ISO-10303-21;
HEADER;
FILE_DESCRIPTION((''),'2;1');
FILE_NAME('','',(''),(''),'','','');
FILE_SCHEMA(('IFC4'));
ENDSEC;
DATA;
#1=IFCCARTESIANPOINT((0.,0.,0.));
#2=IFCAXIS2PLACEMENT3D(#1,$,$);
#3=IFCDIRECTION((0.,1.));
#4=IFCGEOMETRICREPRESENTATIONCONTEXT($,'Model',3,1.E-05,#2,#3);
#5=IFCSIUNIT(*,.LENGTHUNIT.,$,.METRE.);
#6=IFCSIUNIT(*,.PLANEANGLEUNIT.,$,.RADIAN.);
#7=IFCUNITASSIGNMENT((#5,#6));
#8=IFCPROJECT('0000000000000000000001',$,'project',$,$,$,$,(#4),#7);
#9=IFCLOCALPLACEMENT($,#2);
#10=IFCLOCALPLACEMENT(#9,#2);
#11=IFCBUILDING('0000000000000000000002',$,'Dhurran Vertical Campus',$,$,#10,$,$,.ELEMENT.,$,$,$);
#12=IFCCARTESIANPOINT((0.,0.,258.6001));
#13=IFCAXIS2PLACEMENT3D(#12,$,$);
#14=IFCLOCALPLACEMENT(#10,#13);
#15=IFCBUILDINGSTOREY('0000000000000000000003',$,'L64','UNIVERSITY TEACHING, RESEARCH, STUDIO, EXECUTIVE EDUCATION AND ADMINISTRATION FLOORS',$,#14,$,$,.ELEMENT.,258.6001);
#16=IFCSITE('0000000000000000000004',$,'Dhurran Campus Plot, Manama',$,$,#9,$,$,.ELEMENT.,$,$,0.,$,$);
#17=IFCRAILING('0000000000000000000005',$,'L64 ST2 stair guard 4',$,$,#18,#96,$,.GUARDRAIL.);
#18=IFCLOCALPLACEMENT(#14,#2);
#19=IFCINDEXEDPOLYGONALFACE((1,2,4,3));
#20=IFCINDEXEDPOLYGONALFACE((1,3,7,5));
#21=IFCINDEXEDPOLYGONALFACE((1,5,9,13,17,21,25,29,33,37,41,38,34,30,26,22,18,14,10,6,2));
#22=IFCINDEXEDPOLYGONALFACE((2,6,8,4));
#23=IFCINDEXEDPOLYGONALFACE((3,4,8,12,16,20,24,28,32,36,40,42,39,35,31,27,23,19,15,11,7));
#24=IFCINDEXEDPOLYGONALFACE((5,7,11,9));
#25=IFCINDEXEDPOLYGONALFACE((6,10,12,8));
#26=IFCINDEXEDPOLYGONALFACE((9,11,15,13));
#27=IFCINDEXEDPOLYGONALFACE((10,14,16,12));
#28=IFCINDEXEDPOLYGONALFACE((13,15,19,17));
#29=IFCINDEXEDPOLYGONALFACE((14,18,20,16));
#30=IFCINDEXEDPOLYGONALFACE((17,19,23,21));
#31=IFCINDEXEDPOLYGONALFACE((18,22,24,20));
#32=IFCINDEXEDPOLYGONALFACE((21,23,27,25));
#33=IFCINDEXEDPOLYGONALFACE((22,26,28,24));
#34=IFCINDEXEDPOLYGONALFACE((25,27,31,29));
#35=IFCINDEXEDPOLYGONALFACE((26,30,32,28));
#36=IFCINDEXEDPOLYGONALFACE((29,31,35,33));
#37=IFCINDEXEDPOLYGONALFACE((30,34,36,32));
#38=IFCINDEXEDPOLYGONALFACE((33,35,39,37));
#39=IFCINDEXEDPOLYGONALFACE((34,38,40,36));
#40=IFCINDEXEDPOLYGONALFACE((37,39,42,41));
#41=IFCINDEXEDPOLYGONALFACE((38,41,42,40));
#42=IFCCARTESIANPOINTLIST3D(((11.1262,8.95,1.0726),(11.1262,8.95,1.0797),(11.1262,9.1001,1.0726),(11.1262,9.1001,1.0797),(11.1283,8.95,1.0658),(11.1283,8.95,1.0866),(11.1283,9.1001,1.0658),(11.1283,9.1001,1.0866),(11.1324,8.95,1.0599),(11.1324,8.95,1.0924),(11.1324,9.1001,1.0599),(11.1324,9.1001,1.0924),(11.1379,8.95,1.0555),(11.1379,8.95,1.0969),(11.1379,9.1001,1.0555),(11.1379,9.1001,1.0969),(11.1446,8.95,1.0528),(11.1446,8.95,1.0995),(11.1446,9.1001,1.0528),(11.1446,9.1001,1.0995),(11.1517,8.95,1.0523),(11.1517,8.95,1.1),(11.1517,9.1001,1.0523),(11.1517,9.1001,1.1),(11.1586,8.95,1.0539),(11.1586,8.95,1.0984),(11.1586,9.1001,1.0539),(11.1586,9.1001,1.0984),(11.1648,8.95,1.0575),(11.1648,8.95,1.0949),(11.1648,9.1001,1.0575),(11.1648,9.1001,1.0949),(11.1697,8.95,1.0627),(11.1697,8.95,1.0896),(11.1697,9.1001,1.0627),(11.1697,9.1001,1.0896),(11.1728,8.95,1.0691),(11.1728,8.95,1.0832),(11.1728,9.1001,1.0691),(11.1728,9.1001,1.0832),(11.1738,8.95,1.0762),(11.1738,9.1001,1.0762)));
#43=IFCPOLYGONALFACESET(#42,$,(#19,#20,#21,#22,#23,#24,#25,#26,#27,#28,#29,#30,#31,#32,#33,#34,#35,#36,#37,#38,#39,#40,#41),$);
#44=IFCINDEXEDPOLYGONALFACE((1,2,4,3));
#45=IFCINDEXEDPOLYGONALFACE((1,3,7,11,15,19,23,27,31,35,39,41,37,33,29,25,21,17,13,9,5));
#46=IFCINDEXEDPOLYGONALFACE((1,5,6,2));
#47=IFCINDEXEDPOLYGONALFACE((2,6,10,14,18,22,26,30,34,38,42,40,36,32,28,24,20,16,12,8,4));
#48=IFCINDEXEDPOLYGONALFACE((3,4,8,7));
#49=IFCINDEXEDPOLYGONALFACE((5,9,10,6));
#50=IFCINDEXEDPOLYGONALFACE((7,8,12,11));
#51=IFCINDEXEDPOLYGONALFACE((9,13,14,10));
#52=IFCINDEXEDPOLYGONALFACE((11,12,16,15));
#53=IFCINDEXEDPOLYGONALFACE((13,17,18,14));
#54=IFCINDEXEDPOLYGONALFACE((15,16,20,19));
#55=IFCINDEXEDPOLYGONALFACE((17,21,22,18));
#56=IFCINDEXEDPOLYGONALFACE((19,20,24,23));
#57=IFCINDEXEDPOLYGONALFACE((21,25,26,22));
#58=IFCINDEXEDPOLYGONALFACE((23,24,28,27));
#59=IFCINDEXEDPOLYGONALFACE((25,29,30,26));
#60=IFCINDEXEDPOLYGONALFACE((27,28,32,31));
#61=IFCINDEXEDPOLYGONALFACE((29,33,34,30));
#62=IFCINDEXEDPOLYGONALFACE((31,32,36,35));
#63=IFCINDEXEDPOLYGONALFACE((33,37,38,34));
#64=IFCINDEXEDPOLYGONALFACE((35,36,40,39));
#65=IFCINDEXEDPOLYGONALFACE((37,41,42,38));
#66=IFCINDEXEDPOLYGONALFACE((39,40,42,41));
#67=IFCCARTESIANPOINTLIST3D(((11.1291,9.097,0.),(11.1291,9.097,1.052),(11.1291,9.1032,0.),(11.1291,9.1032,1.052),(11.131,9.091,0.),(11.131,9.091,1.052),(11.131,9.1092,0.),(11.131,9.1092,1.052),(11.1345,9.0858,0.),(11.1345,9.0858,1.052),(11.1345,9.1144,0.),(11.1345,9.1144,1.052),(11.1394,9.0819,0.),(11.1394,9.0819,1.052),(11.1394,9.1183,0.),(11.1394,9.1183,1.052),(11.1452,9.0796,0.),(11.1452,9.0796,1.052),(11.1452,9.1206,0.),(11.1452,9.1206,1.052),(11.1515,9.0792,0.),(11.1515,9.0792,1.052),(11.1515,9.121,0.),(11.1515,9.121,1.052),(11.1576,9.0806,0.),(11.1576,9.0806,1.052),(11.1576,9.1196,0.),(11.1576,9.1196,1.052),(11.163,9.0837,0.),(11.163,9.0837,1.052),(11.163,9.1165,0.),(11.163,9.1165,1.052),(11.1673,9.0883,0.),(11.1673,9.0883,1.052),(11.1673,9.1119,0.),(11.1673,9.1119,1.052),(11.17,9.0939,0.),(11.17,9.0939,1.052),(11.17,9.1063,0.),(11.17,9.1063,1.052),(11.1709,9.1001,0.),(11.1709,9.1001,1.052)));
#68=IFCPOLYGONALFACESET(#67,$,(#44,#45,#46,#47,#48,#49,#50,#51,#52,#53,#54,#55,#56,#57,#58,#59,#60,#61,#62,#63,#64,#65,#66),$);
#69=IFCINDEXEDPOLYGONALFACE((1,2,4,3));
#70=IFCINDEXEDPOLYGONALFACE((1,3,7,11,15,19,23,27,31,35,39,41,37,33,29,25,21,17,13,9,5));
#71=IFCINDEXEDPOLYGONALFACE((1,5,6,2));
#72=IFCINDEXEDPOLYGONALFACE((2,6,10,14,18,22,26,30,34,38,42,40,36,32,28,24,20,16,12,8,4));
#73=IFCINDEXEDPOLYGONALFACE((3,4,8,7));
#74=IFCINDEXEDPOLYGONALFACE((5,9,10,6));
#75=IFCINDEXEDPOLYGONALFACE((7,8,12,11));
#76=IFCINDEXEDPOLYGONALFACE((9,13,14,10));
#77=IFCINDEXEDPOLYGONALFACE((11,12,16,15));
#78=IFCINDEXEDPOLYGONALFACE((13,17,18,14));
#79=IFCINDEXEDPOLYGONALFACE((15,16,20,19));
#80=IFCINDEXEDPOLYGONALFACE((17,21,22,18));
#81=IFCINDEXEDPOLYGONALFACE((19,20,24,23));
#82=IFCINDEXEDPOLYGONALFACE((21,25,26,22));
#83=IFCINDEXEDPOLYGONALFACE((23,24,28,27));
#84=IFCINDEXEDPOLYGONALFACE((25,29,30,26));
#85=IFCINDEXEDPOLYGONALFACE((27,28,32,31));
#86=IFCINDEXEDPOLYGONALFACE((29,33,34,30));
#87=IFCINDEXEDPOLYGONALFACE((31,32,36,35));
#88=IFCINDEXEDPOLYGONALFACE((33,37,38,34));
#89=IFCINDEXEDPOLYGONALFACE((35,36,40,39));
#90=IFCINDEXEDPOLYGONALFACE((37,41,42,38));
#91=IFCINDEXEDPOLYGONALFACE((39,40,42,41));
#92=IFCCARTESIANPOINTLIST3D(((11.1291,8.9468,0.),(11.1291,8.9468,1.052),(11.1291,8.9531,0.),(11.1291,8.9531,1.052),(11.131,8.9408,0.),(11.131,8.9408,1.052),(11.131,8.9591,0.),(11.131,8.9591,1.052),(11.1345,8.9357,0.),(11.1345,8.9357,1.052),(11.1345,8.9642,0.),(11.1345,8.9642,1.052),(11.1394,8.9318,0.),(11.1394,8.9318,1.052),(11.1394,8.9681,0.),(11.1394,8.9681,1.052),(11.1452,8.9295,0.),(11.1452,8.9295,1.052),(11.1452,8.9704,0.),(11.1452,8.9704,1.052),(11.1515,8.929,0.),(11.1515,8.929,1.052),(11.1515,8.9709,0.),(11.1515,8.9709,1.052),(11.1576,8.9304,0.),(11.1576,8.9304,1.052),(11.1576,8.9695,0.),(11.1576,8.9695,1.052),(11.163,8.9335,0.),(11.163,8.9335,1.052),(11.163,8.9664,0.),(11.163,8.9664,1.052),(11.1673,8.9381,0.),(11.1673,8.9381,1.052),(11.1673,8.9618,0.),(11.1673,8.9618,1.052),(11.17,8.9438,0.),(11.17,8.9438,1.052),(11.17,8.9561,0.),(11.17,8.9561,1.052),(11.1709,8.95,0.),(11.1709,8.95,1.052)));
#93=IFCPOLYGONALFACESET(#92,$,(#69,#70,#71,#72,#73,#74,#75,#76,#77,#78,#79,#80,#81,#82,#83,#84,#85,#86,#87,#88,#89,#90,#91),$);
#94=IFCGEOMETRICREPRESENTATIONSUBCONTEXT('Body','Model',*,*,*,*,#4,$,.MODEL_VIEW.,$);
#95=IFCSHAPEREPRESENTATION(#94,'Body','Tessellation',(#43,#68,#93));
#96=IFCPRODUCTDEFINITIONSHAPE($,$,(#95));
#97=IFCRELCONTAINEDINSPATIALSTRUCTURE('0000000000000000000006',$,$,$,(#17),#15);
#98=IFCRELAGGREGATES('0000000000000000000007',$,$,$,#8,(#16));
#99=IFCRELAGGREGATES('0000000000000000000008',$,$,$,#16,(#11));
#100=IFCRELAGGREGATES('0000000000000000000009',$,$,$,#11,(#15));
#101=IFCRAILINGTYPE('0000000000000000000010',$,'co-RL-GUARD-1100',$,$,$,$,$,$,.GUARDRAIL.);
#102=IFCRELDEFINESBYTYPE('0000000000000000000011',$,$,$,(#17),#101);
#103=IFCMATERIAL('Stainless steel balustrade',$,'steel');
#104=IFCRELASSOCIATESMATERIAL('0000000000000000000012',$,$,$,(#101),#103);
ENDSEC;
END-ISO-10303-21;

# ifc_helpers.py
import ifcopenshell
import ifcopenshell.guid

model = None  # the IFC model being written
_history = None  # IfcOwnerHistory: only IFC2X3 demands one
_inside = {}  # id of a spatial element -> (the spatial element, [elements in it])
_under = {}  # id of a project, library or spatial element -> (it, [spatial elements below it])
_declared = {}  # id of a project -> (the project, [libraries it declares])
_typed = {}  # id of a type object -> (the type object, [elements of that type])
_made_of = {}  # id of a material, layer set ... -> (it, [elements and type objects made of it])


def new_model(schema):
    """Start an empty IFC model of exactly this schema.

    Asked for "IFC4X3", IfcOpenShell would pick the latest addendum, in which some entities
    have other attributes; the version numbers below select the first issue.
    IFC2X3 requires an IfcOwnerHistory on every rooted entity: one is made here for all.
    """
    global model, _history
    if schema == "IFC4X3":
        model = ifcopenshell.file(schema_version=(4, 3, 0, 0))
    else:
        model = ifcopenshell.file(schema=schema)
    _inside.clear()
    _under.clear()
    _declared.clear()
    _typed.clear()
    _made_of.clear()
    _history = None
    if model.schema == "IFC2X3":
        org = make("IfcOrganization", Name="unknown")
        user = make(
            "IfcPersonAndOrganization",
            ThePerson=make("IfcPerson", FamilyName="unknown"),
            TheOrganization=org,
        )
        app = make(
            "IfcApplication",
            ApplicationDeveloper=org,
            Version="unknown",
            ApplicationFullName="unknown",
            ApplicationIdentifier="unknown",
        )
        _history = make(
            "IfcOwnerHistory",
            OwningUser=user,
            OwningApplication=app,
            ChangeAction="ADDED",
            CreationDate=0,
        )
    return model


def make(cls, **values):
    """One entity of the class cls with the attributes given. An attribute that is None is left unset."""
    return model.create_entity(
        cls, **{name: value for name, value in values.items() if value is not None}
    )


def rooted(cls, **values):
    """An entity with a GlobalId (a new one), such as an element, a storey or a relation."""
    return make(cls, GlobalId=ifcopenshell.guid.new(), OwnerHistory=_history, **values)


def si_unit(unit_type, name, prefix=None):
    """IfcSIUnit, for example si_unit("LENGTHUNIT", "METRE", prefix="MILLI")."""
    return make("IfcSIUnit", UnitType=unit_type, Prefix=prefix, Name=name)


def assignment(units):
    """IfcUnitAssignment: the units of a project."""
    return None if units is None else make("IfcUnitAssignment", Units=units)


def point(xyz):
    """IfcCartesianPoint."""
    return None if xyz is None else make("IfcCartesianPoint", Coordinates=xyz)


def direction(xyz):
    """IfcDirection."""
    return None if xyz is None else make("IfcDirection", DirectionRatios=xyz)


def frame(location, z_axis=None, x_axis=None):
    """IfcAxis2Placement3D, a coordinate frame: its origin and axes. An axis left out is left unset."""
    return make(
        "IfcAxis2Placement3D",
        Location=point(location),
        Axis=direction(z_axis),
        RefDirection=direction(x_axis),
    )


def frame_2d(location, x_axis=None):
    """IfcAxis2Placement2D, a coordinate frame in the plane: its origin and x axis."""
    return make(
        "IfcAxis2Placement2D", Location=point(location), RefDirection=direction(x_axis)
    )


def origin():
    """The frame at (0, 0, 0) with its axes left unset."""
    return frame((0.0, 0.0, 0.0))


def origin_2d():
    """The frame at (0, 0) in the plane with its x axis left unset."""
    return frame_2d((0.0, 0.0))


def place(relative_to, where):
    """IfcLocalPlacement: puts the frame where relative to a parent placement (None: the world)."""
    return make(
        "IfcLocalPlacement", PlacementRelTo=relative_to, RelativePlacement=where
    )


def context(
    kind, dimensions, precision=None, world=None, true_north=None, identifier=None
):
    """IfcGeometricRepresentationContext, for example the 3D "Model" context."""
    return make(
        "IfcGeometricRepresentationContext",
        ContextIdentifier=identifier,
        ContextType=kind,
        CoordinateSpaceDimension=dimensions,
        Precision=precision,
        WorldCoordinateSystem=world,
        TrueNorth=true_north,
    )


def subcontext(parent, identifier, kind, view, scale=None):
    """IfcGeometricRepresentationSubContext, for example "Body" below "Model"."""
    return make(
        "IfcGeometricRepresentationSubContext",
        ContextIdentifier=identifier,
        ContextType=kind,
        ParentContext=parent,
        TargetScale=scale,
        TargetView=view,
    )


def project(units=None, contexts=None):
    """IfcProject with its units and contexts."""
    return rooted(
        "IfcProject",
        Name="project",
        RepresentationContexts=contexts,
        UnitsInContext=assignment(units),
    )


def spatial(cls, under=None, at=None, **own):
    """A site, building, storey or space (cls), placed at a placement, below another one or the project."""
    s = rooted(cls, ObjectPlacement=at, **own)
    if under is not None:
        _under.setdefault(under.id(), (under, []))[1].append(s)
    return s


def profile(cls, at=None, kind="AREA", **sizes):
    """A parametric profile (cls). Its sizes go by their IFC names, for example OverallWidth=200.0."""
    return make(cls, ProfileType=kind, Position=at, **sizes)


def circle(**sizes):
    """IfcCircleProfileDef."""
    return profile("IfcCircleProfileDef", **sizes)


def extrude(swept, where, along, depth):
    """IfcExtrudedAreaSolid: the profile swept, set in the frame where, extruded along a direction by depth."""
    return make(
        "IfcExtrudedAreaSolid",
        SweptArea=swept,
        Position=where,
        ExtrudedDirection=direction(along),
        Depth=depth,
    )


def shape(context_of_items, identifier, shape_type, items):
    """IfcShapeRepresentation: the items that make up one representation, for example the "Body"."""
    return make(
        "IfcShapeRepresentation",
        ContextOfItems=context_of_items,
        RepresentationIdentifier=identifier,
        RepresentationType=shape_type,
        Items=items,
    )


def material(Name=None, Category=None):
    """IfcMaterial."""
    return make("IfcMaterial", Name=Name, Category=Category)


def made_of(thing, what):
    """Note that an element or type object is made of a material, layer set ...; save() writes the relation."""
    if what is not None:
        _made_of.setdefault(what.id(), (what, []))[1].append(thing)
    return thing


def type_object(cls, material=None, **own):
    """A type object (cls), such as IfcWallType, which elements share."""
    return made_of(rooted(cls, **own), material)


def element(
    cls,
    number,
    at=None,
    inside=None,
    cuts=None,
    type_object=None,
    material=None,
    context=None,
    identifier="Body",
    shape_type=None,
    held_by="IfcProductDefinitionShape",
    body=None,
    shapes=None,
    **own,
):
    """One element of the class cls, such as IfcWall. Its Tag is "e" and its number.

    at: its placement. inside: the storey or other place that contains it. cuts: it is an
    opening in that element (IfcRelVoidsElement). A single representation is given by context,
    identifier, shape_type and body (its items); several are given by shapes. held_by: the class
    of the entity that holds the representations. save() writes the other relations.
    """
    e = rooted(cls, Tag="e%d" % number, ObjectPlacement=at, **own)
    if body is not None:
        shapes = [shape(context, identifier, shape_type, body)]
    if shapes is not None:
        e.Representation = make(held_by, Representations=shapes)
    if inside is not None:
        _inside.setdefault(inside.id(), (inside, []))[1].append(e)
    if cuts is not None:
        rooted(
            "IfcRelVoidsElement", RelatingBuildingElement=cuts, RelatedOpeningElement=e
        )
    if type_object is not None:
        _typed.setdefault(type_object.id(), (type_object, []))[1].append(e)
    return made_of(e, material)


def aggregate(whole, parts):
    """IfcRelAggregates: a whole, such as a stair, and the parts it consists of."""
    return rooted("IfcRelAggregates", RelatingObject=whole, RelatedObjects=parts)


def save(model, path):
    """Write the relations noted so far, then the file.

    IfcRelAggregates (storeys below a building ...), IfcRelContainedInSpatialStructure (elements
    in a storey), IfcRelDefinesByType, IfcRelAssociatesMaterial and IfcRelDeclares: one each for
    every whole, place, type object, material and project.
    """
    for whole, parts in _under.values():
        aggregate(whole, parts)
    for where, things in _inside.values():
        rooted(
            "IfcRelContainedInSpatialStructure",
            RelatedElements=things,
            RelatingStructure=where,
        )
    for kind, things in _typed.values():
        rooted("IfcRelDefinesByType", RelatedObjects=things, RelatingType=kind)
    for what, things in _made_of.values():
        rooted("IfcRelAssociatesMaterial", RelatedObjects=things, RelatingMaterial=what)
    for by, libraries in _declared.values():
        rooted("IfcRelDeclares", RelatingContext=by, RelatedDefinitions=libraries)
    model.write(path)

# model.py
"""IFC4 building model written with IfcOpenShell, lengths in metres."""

from ifc_helpers import new_model, si_unit, direction, frame, origin, origin_2d, place, context, subcontext, project, spatial, circle, extrude, material, type_object, element, save


model = new_model("IFC4")

# Units and contexts
model_context = context("Model", 3, precision=1e-05, world=origin(), true_north=direction((0.0, 1.0)))
body_context = subcontext(model_context, "Body", "Model", "MODEL_VIEW")
ifc_project = project(units=[si_unit("LENGTHUNIT", "METRE"), si_unit("PLANEANGLEUNIT", "RADIAN")], contexts=[model_context])

# Site, building, storey
site_placement = place(None, origin())
site = spatial("IfcSite", under=ifc_project, at=site_placement, Name="Dhurran Campus Plot, Manama", CompositionType="ELEMENT", RefElevation=0.0)
building_placement = place(site_placement, origin())
building = spatial("IfcBuilding", under=site, at=building_placement, Name="Dhurran Vertical Campus", CompositionType="ELEMENT")
storey_placement = place(building_placement, frame((0.0, 0.0, 258.6001)))
storey = spatial("IfcBuildingStorey", under=building, at=storey_placement, Name="L64", Description="UNIVERSITY TEACHING, RESEARCH, STUDIO, EXECUTIVE EDUCATION AND ADMINISTRATION FLOORS", CompositionType="ELEMENT", Elevation=258.6001)

# Railing
ifc_material_1 = material(Name="Stainless steel balustrade", Category="steel")
railing_type_1 = type_object("IfcRailingType", Name="co-RL-GUARD-1100", PredefinedType="GUARDRAIL", material=ifc_material_1)
railing_1_placement = place(storey_placement, frame((11.1499, 9.1001, 0.0)))
element("IfcRailing", 1, at=railing_1_placement, inside=storey, type_object=railing_type_1, Name="L64 ST2 stair guard 4", PredefinedType="GUARDRAIL", context=body_context, shape_type="SweptSolid", body=[
    extrude(circle(Radius=0.0239, at=origin_2d()), frame((0.0, 0.0, 1.0762), z_axis=(0.0, -1.0, 0.0), x_axis=(1.0, 0.0, 0.0)), (0.0, 0.0, 1.0), 0.1501),
    extrude(circle(Radius=0.021, at=origin_2d()), origin(), (0.0, 0.0, 1.0), 1.052),
    extrude(circle(Radius=0.021, at=origin_2d()), frame((0.0, -0.1501, 0.0)), (0.0, 0.0, 1.0), 1.052),
])

save(model, "model.ifc")
